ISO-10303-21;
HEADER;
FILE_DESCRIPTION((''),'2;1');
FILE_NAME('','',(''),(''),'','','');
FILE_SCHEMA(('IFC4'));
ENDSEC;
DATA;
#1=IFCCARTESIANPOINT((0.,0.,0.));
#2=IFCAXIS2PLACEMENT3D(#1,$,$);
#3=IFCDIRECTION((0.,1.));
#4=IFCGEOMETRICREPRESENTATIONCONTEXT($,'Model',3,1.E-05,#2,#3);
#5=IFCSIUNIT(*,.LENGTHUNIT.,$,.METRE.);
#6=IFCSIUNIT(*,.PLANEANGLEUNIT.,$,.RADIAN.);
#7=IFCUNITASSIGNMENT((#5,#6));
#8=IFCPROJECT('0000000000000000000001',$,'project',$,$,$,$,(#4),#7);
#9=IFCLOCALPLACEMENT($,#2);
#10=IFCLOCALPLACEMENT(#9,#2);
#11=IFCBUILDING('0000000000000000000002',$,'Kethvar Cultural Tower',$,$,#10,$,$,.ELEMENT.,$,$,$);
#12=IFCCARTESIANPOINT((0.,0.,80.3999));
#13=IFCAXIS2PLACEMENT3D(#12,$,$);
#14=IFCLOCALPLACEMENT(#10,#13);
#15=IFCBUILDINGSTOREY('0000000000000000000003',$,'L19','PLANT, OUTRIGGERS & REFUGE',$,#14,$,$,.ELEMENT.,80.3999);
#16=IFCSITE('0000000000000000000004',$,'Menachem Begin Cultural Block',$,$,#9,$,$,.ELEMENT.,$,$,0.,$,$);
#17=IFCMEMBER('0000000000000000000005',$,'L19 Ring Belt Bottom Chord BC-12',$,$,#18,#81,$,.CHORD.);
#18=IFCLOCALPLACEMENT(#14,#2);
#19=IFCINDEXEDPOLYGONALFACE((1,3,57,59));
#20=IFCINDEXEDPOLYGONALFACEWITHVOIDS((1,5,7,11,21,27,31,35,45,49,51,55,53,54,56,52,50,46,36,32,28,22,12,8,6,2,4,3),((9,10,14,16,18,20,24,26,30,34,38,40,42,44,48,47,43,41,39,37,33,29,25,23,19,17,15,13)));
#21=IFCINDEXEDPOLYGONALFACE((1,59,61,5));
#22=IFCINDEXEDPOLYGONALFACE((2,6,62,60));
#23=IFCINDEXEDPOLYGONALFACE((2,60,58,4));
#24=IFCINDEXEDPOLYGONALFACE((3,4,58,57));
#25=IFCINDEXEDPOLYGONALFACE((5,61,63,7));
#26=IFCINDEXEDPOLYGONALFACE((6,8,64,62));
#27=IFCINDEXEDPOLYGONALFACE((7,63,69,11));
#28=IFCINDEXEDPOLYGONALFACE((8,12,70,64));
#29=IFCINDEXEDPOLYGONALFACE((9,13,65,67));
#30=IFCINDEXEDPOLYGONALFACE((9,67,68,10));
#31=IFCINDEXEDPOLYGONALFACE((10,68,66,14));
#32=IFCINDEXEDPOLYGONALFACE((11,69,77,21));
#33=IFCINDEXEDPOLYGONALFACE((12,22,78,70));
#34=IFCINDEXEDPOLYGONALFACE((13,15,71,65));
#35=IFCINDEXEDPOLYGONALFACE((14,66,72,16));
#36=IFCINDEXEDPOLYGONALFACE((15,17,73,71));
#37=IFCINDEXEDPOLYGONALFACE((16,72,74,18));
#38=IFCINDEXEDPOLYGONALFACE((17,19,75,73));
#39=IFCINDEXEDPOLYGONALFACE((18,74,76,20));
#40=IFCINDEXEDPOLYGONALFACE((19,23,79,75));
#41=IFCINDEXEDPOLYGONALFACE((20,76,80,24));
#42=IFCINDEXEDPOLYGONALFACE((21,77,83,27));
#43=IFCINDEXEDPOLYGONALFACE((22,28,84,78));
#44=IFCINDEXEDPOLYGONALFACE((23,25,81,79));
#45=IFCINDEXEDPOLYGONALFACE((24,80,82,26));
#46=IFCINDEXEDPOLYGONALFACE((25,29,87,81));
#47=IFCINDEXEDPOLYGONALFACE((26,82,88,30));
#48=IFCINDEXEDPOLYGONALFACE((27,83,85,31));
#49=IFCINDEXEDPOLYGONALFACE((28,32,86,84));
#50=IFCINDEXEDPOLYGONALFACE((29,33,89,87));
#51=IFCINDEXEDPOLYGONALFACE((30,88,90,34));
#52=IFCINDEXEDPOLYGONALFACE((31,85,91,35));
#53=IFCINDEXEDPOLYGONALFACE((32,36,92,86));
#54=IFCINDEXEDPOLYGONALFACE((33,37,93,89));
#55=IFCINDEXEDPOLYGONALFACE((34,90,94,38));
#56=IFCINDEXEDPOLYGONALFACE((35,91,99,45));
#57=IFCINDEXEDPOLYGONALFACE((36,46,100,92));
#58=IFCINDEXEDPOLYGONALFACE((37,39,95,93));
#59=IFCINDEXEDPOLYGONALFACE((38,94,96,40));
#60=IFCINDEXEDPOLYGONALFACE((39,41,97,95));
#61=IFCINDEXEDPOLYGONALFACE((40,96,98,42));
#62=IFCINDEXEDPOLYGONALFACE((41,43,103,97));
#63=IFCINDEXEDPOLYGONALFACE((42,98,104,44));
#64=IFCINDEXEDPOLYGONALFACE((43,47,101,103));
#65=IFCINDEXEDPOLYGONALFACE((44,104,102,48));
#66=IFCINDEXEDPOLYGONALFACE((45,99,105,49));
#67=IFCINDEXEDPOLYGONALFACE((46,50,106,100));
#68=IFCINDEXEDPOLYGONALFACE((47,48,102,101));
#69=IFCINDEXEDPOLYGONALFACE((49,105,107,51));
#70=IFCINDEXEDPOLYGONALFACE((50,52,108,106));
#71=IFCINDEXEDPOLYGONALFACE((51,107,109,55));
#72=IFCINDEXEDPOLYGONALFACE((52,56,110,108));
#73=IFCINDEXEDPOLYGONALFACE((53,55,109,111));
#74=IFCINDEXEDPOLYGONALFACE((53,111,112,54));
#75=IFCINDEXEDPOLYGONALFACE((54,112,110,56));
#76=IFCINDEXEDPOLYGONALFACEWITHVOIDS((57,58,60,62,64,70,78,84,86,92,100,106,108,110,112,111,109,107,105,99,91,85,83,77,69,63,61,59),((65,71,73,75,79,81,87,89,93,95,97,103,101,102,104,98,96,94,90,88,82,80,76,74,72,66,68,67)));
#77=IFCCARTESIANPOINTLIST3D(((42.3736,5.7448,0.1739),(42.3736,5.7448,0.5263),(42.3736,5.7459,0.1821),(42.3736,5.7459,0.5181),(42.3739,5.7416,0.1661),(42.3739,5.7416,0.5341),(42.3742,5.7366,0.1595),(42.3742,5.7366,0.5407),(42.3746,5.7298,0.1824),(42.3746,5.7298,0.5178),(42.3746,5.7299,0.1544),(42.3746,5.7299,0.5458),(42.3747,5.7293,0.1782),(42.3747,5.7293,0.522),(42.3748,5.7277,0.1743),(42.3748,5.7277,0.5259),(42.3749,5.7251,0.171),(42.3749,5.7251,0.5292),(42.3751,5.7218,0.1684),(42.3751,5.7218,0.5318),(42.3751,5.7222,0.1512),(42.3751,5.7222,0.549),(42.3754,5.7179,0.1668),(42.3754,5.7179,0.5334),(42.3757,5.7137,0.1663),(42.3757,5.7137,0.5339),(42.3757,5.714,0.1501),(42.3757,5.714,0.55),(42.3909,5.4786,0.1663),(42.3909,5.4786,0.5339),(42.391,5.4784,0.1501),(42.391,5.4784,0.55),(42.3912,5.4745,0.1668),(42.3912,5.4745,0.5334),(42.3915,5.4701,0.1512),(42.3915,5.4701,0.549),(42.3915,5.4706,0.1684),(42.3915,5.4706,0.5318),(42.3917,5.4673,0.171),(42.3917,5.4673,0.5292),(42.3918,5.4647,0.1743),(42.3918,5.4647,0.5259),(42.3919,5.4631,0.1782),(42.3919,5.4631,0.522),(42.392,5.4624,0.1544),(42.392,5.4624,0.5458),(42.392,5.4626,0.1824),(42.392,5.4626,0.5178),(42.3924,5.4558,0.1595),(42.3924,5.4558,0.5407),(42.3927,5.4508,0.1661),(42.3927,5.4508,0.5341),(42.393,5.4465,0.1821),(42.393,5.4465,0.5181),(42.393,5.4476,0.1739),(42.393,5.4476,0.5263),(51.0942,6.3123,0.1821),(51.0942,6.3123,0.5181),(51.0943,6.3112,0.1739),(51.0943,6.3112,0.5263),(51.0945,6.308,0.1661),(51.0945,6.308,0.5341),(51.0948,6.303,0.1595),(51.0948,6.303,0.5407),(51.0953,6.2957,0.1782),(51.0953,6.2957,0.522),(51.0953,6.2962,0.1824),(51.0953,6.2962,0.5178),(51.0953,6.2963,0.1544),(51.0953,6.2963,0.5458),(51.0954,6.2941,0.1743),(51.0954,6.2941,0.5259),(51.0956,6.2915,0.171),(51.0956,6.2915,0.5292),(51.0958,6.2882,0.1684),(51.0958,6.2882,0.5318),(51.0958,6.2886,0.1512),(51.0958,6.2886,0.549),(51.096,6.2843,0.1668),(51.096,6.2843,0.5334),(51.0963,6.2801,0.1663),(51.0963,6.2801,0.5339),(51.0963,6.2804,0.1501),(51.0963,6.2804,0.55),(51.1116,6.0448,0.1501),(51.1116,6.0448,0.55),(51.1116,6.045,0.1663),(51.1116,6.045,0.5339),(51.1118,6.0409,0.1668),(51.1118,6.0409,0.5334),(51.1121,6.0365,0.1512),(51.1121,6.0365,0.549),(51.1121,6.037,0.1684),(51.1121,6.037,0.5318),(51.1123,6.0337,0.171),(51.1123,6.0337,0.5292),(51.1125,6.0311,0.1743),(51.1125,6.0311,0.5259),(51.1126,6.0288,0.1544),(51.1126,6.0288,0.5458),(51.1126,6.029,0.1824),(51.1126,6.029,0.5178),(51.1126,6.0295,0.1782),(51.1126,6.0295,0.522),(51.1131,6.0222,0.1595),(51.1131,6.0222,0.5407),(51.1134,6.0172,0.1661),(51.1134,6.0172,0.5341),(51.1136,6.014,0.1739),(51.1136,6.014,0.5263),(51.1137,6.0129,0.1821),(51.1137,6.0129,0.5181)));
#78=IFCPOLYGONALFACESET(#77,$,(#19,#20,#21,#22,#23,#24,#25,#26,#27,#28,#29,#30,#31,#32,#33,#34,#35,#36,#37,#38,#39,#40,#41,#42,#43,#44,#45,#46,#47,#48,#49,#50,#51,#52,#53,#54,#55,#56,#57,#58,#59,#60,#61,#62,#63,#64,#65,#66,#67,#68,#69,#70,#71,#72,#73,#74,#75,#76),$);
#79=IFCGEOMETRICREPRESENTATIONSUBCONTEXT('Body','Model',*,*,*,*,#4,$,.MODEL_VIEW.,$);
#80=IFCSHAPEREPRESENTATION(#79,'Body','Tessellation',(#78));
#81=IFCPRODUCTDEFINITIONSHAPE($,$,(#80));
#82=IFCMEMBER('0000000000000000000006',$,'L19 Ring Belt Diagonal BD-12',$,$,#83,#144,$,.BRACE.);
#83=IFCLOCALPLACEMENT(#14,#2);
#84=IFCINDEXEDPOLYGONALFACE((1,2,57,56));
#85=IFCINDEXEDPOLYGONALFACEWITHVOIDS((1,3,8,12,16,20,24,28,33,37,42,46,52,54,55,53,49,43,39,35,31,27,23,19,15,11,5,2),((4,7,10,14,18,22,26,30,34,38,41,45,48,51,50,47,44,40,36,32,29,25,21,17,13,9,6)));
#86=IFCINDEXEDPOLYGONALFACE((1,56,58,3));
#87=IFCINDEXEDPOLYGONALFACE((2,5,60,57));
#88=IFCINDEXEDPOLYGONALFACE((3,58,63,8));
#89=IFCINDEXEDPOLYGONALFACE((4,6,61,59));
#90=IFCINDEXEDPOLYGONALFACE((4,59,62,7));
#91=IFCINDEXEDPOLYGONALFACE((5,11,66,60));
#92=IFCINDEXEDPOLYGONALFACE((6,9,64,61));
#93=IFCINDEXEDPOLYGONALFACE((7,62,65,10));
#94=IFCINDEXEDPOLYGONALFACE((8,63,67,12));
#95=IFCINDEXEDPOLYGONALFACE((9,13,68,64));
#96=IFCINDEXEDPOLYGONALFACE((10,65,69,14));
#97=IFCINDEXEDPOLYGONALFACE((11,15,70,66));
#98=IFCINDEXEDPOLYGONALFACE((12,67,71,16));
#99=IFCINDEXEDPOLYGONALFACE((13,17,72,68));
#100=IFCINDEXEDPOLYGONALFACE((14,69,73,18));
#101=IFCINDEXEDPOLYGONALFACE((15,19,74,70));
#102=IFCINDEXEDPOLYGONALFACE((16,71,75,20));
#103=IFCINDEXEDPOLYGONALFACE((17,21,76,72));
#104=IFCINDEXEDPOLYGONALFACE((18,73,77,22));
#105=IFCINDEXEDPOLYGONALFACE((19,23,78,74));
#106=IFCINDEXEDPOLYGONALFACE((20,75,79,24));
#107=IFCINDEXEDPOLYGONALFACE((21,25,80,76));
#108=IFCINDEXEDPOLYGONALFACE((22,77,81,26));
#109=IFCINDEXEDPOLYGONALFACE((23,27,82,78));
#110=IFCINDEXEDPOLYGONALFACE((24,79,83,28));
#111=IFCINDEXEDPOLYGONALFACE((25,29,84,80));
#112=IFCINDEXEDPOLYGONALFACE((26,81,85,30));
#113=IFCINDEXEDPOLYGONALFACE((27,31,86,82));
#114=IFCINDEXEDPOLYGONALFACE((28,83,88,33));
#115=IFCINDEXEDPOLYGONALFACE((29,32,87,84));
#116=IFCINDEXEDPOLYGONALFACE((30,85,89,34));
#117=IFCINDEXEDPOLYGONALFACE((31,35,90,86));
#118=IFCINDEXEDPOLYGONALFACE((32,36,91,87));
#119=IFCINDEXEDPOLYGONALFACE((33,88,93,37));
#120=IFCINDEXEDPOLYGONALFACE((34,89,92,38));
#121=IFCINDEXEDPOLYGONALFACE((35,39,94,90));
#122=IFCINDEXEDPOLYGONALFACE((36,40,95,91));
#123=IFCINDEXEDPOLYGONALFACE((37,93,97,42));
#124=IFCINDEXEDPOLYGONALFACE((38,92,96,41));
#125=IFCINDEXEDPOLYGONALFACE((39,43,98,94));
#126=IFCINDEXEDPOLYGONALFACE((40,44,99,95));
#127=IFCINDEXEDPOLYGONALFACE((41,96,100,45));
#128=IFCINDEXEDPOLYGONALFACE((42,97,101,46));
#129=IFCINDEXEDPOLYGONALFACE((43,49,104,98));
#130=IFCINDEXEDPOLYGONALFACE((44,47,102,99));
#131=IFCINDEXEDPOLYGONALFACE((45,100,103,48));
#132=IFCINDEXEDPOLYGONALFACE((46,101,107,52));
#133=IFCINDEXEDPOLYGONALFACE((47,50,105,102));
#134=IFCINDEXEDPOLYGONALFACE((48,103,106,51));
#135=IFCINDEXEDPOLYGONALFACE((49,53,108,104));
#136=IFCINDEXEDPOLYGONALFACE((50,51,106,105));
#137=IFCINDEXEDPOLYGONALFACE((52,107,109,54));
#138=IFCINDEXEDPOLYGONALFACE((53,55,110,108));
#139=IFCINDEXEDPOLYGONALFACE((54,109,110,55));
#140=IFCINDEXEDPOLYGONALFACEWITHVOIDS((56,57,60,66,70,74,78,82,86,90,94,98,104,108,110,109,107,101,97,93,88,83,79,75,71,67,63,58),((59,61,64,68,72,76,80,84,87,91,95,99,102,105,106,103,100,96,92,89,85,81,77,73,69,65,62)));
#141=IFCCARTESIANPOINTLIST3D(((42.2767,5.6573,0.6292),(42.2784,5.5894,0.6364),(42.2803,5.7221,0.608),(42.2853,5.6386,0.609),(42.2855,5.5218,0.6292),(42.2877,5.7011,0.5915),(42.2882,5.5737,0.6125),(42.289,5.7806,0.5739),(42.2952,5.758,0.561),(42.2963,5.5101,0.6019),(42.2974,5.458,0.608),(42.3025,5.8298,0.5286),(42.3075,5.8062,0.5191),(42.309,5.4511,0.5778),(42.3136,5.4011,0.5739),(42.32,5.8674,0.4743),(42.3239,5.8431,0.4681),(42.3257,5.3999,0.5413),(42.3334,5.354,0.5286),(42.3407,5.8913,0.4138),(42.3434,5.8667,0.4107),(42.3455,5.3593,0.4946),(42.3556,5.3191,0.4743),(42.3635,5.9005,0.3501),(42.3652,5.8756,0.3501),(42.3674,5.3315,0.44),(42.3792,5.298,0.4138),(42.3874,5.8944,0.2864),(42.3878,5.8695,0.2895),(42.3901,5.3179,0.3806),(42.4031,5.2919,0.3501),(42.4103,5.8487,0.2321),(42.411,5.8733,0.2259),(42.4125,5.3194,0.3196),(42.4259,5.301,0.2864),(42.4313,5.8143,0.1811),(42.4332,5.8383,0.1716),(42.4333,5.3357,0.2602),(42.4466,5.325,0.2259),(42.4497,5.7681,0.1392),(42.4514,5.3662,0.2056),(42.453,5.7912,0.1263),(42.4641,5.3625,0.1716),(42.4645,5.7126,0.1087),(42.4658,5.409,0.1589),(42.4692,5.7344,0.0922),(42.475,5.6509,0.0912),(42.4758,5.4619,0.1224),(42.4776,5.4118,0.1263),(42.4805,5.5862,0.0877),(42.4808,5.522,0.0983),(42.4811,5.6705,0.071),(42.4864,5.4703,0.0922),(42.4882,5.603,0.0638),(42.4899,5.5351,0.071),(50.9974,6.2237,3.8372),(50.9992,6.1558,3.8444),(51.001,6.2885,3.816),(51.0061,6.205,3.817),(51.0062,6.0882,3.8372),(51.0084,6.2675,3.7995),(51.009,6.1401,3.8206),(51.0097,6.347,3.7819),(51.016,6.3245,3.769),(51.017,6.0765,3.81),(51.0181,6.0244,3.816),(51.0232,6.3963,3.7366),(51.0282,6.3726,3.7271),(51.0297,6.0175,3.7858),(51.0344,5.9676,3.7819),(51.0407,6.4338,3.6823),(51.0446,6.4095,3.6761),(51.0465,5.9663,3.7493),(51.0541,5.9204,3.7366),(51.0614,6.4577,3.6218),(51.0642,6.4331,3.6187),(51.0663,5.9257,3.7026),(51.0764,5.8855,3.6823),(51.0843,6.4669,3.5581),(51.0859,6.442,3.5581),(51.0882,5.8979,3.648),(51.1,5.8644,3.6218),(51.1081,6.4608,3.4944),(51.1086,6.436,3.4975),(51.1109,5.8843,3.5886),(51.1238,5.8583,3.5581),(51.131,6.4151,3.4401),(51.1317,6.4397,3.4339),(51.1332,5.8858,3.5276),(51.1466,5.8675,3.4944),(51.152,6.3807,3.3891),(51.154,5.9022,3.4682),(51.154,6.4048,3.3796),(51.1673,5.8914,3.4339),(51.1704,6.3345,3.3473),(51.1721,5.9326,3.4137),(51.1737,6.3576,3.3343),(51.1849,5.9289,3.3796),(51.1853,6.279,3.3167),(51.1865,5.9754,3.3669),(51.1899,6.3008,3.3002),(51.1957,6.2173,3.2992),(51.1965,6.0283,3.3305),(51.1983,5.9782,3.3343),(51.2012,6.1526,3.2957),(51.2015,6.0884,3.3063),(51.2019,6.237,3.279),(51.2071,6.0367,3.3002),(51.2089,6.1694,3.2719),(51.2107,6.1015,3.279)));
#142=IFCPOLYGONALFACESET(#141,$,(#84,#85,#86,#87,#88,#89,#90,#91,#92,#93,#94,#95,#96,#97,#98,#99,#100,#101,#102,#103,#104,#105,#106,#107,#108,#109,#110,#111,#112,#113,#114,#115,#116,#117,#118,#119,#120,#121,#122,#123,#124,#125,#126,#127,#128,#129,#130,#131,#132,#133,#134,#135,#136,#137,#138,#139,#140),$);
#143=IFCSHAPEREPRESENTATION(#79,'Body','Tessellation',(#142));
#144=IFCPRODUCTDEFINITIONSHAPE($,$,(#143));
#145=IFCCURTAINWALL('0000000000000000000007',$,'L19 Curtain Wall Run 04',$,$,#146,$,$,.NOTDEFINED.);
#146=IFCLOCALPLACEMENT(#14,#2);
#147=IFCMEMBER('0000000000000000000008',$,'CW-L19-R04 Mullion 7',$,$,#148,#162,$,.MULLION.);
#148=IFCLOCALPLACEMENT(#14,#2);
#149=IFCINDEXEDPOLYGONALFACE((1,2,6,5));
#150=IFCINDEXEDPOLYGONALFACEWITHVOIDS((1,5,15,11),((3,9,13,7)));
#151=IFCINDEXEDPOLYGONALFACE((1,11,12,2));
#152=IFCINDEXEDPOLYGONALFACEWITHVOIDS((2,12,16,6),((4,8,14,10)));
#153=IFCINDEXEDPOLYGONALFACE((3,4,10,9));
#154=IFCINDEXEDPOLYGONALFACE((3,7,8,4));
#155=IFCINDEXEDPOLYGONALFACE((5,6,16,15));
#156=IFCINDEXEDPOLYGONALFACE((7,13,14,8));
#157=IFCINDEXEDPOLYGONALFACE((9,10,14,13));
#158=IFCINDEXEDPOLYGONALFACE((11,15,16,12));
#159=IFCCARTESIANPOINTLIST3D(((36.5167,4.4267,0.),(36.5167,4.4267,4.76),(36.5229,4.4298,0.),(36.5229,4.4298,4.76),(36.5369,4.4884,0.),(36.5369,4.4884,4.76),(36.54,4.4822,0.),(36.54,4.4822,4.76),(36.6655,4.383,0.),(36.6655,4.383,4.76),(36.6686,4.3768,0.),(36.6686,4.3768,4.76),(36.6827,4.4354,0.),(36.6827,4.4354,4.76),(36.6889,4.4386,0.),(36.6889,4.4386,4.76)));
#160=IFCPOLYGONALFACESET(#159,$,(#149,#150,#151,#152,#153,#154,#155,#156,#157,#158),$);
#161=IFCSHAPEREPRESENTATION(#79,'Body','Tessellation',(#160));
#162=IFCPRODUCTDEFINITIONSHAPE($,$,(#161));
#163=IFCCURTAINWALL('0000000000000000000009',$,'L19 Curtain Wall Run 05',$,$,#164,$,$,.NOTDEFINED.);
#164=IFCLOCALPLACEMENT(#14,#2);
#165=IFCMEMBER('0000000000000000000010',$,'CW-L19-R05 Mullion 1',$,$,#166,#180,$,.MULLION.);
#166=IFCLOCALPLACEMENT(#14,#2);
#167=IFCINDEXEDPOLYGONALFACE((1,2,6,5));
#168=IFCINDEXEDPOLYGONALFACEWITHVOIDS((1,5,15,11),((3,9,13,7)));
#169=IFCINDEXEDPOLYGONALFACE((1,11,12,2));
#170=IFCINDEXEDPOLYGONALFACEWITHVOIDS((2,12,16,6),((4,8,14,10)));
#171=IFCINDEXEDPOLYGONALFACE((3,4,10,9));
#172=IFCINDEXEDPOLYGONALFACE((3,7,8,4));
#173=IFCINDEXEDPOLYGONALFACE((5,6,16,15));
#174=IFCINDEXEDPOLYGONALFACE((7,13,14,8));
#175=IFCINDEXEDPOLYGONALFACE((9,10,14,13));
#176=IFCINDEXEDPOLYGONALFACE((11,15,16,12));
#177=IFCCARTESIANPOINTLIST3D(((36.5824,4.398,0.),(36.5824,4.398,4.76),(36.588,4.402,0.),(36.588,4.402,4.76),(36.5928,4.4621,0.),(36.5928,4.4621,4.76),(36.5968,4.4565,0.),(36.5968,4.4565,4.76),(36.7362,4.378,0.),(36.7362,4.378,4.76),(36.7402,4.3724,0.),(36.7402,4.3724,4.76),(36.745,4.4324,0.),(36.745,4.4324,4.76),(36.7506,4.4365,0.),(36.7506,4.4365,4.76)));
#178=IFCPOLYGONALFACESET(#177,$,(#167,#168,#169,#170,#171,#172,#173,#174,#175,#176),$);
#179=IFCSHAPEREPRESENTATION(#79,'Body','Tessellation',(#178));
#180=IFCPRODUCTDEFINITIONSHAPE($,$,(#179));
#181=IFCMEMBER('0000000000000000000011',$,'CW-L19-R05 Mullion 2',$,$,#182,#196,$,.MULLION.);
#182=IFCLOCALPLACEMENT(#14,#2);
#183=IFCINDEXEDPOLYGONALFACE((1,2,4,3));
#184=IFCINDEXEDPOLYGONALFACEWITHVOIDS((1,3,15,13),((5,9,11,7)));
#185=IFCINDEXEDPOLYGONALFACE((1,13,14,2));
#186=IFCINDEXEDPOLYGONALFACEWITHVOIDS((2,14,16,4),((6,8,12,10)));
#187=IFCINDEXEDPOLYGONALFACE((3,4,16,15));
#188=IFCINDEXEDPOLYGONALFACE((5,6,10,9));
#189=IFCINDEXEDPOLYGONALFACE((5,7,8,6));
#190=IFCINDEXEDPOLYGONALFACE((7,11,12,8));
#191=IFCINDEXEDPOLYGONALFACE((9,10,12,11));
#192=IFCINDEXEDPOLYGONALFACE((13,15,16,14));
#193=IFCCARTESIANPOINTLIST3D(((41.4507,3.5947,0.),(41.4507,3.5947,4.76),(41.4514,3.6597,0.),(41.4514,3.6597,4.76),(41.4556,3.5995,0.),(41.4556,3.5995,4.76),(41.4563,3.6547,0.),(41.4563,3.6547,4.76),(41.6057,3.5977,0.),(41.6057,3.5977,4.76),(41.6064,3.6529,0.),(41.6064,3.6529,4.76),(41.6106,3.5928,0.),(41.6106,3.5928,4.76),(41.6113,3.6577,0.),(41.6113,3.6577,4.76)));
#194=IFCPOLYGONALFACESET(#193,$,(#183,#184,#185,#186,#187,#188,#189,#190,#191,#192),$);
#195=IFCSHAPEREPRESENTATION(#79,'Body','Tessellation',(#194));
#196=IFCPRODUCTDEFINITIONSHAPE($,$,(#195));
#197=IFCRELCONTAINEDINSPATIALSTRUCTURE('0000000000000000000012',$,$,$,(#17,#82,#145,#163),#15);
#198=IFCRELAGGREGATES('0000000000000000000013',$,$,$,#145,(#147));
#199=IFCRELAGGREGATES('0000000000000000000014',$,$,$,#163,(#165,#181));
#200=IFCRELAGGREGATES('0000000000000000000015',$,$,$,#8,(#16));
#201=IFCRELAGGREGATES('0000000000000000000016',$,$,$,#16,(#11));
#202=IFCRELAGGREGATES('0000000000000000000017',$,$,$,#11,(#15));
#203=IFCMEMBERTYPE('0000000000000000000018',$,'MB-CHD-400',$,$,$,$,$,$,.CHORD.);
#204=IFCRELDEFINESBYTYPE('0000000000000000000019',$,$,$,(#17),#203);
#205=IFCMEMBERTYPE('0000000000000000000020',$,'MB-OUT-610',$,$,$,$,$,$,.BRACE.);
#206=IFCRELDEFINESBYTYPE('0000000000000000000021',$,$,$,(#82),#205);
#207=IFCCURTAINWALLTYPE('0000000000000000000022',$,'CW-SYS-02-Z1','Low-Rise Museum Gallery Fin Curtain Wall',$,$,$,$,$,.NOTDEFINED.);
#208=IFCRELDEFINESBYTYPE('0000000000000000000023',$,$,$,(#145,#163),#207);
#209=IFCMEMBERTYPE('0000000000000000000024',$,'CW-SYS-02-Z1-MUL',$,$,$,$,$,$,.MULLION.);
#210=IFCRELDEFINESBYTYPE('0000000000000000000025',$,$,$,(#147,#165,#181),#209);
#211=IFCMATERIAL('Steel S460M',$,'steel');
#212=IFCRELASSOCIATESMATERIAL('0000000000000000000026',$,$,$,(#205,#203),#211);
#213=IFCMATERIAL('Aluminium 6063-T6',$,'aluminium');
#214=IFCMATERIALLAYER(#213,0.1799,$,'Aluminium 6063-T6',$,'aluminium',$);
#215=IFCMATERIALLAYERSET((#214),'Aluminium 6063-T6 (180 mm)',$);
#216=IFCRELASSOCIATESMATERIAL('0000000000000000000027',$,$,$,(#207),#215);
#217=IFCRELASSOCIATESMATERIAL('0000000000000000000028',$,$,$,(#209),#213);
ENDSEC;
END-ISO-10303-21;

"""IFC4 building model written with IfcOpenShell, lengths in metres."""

from ifc_helpers import new_model, si_unit, direction, frame, origin, origin_2d, place, context, subcontext, project, spatial, hollow_rectangle, hollow_circle, extrude, source, transform, mapped, material, layer, layer_set, material_profile, profile_set, type_object, element, aggregate, save


model = new_model("IFC4")

# Units and contexts
model_context = context("Model", 3, precision=1e-05, world=origin(), true_north=direction((0.0, 1.0)))
body_context = subcontext(model_context, "Body", "Model", "MODEL_VIEW")
ifc_project = project(units=[si_unit("LENGTHUNIT", "METRE"), si_unit("PLANEANGLEUNIT", "RADIAN")], contexts=[model_context])

# Site, building, storey
site_placement = place(None, origin())
site = spatial("IfcSite", under=ifc_project, at=site_placement, Name="Menachem Begin Cultural Block", CompositionType="ELEMENT", RefElevation=0.0)
building_placement = place(site_placement, origin())
building = spatial("IfcBuilding", under=site, at=building_placement, Name="Kethvar Cultural Tower", CompositionType="ELEMENT")
storey_placement = place(building_placement, frame((0.0, 0.0, 80.3999)))
storey = spatial("IfcBuildingStorey", under=building, at=storey_placement, Name="L19", Description="PLANT, OUTRIGGERS & REFUGE", CompositionType="ELEMENT", Elevation=80.3999)

# Shared definitions
ifc_material_1 = material(Name="Steel S460M", Category="steel")

# Shared definitions
ifc_material_profile_1 = material_profile(ifc_material_1, hollow_circle(Radius=0.3049, WallThickness=0.0249, at=origin_2d()), Name="Steel S460M — CHS610x25")
ifc_profile_set_1 = profile_set([ifc_material_profile_1], Name="Steel S460M — CHS610x25")
member_type_1 = type_object("IfcMemberType", Name="MB-OUT-610", PredefinedType="BRACE", material=ifc_profile_set_1)

# Members
ifc_material_profile_2 = material_profile(ifc_material_1, hollow_rectangle(XDim=0.3, YDim=0.3999, WallThickness=0.0161, InnerFilletRadius=0.0161, OuterFilletRadius=0.032, at=origin_2d()), Name="Steel S460M — RHS400x300x16")
ifc_profile_set_2 = profile_set([ifc_material_profile_2], Name="Steel S460M — RHS400x300x16")
member_type_2 = type_object("IfcMemberType", Name="MB-CHD-400", PredefinedType="CHORD", material=ifc_profile_set_2)
shared_shape_1 = source(origin(), body_context, "Body", "SweptSolid", [
    extrude(hollow_rectangle(XDim=0.3, YDim=0.3999, WallThickness=0.0161, InnerFilletRadius=0.0161, OuterFilletRadius=0.032, at=origin_2d()), origin(), (0.0, 0.0, 1.0), 8.739),
])
member_1_placement = place(storey_placement, frame((42.3833, 5.5962, 0.3501), z_axis=(0.997897, 0.064813, 0.0), x_axis=(-0.064813, 0.997897, 0.0)))
element("IfcMember", 1, at=member_1_placement, inside=storey, type_object=member_type_2, Name="L19 Ring Belt Bottom Chord BC-12", PredefinedType="CHORD", context=body_context, shape_type="MappedRepresentation", body=[
    mapped(shared_shape_1, transform((0.0, 0.0, 0.0), scale=1.0)),
])
shared_shape_2 = source(origin(), body_context, "Body", "SweptSolid", [
    extrude(hollow_circle(Radius=0.3049, WallThickness=0.0249, at=origin_2d()), origin(), (0.0, 0.0, 1.0), 9.3093),
])
member_2_placement = place(storey_placement, frame((42.3833, 5.5962, 0.3501), z_axis=(0.936775, 0.060843, 0.344603), x_axis=(-0.064813, 0.997897, 0.0)))
element("IfcMember", 2, at=member_2_placement, inside=storey, type_object=member_type_1, Name="L19 Ring Belt Diagonal BD-12", PredefinedType="BRACE", context=body_context, shape_type="MappedRepresentation", body=[
    mapped(shared_shape_2, transform((0.0, 0.0, 0.0), scale=1.0)),
])

# Curtain wall, member
ifc_material_2 = material(Name="Aluminium 6063-T6", Category="aluminium")
ifc_layer_1 = layer(ifc_material_2, 0.1799, Name="Aluminium 6063-T6", Category="aluminium")
ifc_layer_set_1 = layer_set([ifc_layer_1], Name="Aluminium 6063-T6 (180 mm)")
curtain_wall_type = type_object("IfcCurtainWallType", Name="CW-SYS-02-Z1", Description="Low-Rise Museum Gallery Fin Curtain Wall", PredefinedType="NOTDEFINED", material=ifc_layer_set_1)
curtain_wall_1_placement = place(storey_placement, origin())
curtain_wall_1 = element("IfcCurtainWall", 3, at=curtain_wall_1_placement, inside=storey, type_object=curtain_wall_type, Name="L19 Curtain Wall Run 04", PredefinedType="NOTDEFINED")
ifc_material_profile_3 = material_profile(ifc_material_2, hollow_rectangle(XDim=0.0649, YDim=0.1599, WallThickness=0.0049, at=origin_2d()), Name="Aluminium 6063-T6 — RHS160x65x5")
ifc_profile_set_3 = profile_set([ifc_material_profile_3], Name="Aluminium 6063-T6 — RHS160x65x5")
member_type_3 = type_object("IfcMemberType", Name="CW-SYS-02-Z1-MUL", PredefinedType="MULLION", material=ifc_profile_set_3)
shared_shape_3 = source(origin(), body_context, "Body", "SweptSolid", [
    extrude(hollow_rectangle(XDim=0.0649, YDim=0.1599, WallThickness=0.0049, at=origin_2d()), origin(), (0.0, 0.0, 1.0), 4.76),
])
member_3_placement = place(storey_placement, frame((36.6028, 4.4326, 0.0), z_axis=(0.0, 0.0, 1.0), x_axis=(0.311605, 0.950212, 0.0)))
member_3 = element("IfcMember", 4, at=member_3_placement, type_object=member_type_3, Name="CW-L19-R04 Mullion 7", PredefinedType="MULLION", context=body_context, shape_type="MappedRepresentation", body=[
    mapped(shared_shape_3, transform((0.0, 0.0, 0.0), scale=1.0)),
])
aggregate(curtain_wall_1, [member_3])

# Curtain wall, members
curtain_wall_2_placement = place(storey_placement, origin())
curtain_wall_2 = element("IfcCurtainWall", 5, at=curtain_wall_2_placement, inside=storey, type_object=curtain_wall_type, Name="L19 Curtain Wall Run 05", PredefinedType="NOTDEFINED")
member_4_placement = place(storey_placement, frame((36.6665, 4.4172, 0.0), z_axis=(0.0, 0.0, 1.0), x_axis=(0.160226, 0.98708, 0.0)))
member_4 = element("IfcMember", 6, at=member_4_placement, type_object=member_type_3, Name="CW-L19-R05 Mullion 1", PredefinedType="MULLION", context=body_context, shape_type="MappedRepresentation", body=[
    mapped(shared_shape_3, transform((0.0, 0.0, 0.0), scale=1.0)),
])
member_5_placement = place(storey_placement, frame((41.531, 3.6262, 0.0), z_axis=(0.0, 0.0, 1.0), x_axis=(0.012025, 0.999928, 0.0)))
member_5 = element("IfcMember", 7, at=member_5_placement, type_object=member_type_3, Name="CW-L19-R05 Mullion 2", PredefinedType="MULLION", context=body_context, shape_type="MappedRepresentation", body=[
    mapped(shared_shape_3, transform((0.0, 0.0, 0.0), scale=1.0)),
])

aggregate(curtain_wall_2, [member_4, member_5])

save(model, "model.ifc")
